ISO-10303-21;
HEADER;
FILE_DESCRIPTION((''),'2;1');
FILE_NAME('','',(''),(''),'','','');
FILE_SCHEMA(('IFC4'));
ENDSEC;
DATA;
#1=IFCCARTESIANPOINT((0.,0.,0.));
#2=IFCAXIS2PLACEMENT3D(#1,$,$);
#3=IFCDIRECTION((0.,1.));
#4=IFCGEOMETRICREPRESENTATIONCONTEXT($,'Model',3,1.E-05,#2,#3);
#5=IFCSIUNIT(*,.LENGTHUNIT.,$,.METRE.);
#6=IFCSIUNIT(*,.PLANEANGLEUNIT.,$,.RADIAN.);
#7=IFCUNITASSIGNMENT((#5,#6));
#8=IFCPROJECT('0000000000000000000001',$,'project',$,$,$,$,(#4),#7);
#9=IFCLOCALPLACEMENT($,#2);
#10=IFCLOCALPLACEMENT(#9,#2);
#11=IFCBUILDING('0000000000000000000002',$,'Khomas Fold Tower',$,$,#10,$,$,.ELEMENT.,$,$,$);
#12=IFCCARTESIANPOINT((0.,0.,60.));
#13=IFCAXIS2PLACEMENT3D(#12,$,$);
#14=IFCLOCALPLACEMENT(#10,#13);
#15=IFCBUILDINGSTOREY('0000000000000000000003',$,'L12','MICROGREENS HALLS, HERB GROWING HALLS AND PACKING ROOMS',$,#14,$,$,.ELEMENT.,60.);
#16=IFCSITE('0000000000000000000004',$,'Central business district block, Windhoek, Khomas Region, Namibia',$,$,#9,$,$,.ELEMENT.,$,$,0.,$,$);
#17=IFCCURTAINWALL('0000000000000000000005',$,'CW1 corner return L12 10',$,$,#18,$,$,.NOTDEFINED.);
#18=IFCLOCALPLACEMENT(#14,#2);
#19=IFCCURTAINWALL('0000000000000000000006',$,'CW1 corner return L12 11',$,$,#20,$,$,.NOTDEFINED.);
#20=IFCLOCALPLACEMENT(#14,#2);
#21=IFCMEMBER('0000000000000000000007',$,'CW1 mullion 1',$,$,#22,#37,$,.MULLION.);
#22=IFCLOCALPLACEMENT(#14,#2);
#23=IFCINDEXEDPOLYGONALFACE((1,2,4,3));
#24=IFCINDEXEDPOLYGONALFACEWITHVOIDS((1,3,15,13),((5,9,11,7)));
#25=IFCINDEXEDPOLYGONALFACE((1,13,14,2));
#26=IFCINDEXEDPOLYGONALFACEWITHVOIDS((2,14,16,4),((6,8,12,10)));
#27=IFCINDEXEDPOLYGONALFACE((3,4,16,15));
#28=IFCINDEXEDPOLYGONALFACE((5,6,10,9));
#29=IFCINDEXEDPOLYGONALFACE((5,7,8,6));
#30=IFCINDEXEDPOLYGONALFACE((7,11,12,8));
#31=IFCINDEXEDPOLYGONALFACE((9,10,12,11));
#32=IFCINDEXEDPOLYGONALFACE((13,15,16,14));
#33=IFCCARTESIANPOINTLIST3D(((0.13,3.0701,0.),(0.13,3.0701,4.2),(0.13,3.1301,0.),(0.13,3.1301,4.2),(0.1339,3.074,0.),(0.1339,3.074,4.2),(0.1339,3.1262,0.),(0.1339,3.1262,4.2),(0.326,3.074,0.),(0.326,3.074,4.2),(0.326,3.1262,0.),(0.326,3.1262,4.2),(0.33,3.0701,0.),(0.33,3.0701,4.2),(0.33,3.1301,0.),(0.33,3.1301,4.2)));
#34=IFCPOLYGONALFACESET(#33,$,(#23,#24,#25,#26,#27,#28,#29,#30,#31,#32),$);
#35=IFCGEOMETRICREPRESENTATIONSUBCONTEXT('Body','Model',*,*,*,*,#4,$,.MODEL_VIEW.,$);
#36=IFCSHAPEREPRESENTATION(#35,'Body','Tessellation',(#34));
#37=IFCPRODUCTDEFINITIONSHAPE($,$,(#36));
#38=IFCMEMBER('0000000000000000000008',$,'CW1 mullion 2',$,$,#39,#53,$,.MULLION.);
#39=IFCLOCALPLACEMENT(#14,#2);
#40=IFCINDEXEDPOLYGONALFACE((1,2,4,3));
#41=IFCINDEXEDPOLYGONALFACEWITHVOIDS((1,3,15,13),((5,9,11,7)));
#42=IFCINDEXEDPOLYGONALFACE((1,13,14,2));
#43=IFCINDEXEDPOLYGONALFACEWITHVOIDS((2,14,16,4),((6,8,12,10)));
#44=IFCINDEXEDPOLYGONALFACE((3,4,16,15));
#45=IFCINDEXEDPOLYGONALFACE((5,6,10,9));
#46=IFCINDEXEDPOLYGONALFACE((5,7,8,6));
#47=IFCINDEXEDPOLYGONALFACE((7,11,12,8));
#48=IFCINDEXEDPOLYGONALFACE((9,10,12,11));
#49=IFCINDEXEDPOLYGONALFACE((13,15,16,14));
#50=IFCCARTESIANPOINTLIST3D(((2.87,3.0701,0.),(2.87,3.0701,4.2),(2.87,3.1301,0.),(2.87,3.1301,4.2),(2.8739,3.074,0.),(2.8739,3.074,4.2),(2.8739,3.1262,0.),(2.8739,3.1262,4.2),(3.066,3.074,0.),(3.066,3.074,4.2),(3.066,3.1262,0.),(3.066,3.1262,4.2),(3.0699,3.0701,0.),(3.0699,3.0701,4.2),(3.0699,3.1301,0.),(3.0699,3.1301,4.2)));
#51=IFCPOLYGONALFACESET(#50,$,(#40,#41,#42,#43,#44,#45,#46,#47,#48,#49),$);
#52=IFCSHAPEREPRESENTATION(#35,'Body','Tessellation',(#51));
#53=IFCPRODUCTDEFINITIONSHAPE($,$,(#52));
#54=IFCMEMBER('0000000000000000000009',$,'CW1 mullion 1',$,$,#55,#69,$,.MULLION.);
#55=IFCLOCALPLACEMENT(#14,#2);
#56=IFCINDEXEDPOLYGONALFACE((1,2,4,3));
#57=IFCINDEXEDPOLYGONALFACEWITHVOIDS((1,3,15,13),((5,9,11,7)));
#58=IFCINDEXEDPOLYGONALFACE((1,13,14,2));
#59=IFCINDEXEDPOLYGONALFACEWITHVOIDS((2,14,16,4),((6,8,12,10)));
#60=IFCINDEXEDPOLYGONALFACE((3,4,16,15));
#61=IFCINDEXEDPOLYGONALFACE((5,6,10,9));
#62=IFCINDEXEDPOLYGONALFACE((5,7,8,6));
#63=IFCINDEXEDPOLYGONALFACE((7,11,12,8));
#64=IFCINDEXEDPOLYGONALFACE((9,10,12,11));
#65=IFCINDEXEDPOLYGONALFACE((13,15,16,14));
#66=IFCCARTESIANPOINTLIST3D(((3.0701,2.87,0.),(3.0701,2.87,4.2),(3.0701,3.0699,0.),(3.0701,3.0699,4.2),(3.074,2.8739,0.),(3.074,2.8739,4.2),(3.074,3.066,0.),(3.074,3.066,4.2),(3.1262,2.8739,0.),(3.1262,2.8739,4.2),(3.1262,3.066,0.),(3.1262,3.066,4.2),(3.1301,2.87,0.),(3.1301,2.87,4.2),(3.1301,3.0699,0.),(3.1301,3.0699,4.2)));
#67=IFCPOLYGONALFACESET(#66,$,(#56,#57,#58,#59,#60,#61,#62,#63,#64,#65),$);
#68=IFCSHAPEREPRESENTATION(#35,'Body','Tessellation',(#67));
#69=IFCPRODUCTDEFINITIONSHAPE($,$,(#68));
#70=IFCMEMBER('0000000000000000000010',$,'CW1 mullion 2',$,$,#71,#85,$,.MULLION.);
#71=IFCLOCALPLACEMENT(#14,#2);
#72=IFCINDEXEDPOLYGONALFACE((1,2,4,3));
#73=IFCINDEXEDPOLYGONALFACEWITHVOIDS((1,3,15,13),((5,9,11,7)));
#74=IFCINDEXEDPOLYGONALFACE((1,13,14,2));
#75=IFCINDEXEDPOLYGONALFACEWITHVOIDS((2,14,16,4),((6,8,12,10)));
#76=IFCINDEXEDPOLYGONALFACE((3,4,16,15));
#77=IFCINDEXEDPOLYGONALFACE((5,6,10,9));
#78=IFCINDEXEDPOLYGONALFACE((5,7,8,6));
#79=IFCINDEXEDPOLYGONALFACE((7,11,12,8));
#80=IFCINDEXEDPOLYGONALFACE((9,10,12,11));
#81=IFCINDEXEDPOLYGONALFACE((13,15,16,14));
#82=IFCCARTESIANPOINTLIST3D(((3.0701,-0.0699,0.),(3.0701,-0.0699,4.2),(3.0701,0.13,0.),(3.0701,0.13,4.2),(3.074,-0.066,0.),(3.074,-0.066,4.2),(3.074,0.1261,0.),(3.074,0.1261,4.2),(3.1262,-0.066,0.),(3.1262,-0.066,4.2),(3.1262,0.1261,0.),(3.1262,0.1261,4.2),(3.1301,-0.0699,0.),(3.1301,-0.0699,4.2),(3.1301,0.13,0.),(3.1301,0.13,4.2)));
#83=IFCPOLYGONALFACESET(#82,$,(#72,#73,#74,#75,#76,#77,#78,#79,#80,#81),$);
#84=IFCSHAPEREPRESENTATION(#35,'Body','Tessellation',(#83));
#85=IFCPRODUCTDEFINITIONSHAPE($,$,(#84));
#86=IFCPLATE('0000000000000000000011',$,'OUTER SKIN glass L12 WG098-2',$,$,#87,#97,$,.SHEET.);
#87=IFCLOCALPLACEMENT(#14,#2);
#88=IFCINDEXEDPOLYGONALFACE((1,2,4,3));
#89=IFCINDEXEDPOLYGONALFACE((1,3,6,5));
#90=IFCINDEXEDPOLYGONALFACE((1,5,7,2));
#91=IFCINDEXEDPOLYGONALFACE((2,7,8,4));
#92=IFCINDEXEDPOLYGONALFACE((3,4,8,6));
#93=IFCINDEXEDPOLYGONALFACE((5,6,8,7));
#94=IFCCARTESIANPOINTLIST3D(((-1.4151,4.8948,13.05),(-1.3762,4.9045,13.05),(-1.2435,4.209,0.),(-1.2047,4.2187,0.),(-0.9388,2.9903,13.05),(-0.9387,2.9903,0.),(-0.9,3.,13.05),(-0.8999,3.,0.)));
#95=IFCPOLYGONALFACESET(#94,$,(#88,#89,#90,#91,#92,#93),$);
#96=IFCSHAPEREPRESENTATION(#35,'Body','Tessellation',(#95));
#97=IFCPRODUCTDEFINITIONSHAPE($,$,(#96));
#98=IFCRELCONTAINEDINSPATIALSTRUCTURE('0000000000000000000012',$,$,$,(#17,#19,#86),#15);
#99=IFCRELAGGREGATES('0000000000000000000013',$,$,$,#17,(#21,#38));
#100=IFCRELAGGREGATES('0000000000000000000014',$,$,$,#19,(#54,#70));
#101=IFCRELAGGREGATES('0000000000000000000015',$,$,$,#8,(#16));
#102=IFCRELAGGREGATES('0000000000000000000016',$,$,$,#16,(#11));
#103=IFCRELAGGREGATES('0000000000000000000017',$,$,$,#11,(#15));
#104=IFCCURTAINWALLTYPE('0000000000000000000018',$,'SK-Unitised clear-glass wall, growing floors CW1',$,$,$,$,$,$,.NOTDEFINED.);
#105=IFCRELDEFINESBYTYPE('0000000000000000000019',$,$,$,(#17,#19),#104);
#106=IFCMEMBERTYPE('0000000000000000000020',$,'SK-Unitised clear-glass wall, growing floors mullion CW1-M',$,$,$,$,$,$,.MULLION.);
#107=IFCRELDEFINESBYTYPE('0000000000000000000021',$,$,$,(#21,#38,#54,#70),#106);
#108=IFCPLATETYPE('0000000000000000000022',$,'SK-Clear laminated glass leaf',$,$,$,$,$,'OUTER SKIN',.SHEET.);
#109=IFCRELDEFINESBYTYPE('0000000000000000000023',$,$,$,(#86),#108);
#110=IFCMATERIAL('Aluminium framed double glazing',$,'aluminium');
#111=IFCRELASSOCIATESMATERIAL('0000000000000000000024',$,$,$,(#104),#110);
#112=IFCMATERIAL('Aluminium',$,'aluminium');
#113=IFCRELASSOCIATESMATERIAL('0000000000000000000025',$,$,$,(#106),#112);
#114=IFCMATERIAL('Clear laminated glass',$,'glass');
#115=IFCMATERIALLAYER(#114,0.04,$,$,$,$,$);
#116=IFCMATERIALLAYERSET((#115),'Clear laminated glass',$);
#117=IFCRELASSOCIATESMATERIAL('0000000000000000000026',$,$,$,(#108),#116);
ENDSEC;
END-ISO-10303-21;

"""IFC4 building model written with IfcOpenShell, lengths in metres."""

from ifc_helpers import new_model, si_unit, direction, frame, origin, origin_2d, place, context, subcontext, project, spatial, polyline, hollow_rectangle, outline, extrude, source, transform, mapped, material, layer, layer_set, material_profile, profile_set, type_object, element, aggregate, save


model = new_model("IFC4")

# Units and contexts
model_context = context("Model", 3, precision=1e-05, world=origin(), true_north=direction((0.0, 1.0)))
body_context = subcontext(model_context, "Body", "Model", "MODEL_VIEW")
ifc_project = project(units=[si_unit("LENGTHUNIT", "METRE"), si_unit("PLANEANGLEUNIT", "RADIAN")], contexts=[model_context])

# Site, building, storey
site_placement = place(None, origin())
site = spatial("IfcSite", under=ifc_project, at=site_placement, Name="Central business district block, Windhoek, Khomas Region, Namibia", CompositionType="ELEMENT", RefElevation=0.0)
building_placement = place(site_placement, origin())
building = spatial("IfcBuilding", under=site, at=building_placement, Name="Khomas Fold Tower", CompositionType="ELEMENT")
storey_placement = place(building_placement, frame((0.0, 0.0, 60.0)))
storey = spatial("IfcBuildingStorey", under=building, at=storey_placement, Name="L12", Description="MICROGREENS HALLS, HERB GROWING HALLS AND PACKING ROOMS", CompositionType="ELEMENT", Elevation=60.0)

# Curtain walls
ifc_material_1 = material(Name="Aluminium framed double glazing", Category="aluminium")
curtain_wall_type = type_object("IfcCurtainWallType", Name="SK-Unitised clear-glass wall, growing floors CW1", PredefinedType="NOTDEFINED", material=ifc_material_1)
curtain_wall_1_placement = place(storey_placement, origin())
curtain_wall_1 = element("IfcCurtainWall", 1, at=curtain_wall_1_placement, inside=storey, type_object=curtain_wall_type, Name="CW1 corner return L12 10", PredefinedType="NOTDEFINED")
curtain_wall_2_placement = place(storey_placement, origin())
curtain_wall_2 = element("IfcCurtainWall", 2, at=curtain_wall_2_placement, inside=storey, type_object=curtain_wall_type, Name="CW1 corner return L12 11", PredefinedType="NOTDEFINED")

# Members
ifc_material_2 = material(Name="Aluminium", Category="aluminium")
ifc_material_profile_1 = material_profile(ifc_material_2, hollow_rectangle(XDim=0.0601, YDim=0.2, WallThickness=0.0039, at=origin_2d()), Name="SK-Unitised clear-glass wall, growing floors mullion CW1-M")
ifc_profile_set_1 = profile_set([ifc_material_profile_1], Name="Aluminium")
member_type_1 = type_object("IfcMemberType", Name="SK-Unitised clear-glass wall, growing floors mullion CW1-M", PredefinedType="MULLION", material=ifc_profile_set_1)
shared_shape_1 = source(origin(), body_context, "Body", "SweptSolid", [
    extrude(hollow_rectangle(XDim=0.0601, YDim=0.2, WallThickness=0.0039, at=origin_2d()), origin(), (0.0, 0.0, 1.0), 4.2),
])
member_1_placement = place(storey_placement, frame((0.23, 3.1001, 0.0), z_axis=(0.0, 0.0, 1.0), x_axis=(0.0, 1.0, 0.0)))
member_1 = element("IfcMember", 3, at=member_1_placement, type_object=member_type_1, Name="CW1 mullion 1", PredefinedType="MULLION", context=body_context, shape_type="MappedRepresentation", body=[
    mapped(shared_shape_1, transform((0.0, 0.0, 0.0))),
])
member_2_placement = place(storey_placement, frame((2.97, 3.1001, 0.0), z_axis=(0.0, 0.0, 1.0), x_axis=(0.0, 1.0, 0.0)))
member_2 = element("IfcMember", 4, at=member_2_placement, type_object=member_type_1, Name="CW1 mullion 2", PredefinedType="MULLION", context=body_context, shape_type="MappedRepresentation", body=[
    mapped(shared_shape_1, transform((0.0, 0.0, 0.0))),
])
member_3_placement = place(storey_placement, frame((3.1001, 2.97, 0.0), z_axis=(0.0, 0.0, 1.0), x_axis=(1.0, 0.0, 0.0)))
member_3 = element("IfcMember", 5, at=member_3_placement, type_object=member_type_1, Name="CW1 mullion 1", PredefinedType="MULLION", context=body_context, shape_type="MappedRepresentation", body=[
    mapped(shared_shape_1, transform((0.0, 0.0, 0.0))),
])
member_4_placement = place(storey_placement, frame((3.1001, 0.03, 0.0), z_axis=(0.0, 0.0, 1.0), x_axis=(1.0, 0.0, 0.0)))
member_4 = element("IfcMember", 6, at=member_4_placement, type_object=member_type_1, Name="CW1 mullion 2", PredefinedType="MULLION", context=body_context, shape_type="MappedRepresentation", body=[
    mapped(shared_shape_1, transform((0.0, 0.0, 0.0))),
])

# Plate
ifc_material_3 = material(Name="Clear laminated glass", Category="glass")
ifc_layer_1 = layer(ifc_material_3, 0.04)
ifc_layer_set_1 = layer_set([ifc_layer_1], Name="Clear laminated glass")
plate_type_1 = type_object("IfcPlateType", Name="SK-Clear laminated glass leaf", ElementType="OUTER SKIN", PredefinedType="SHEET", material=ifc_layer_set_1)
plate_1_placement = place(storey_placement, frame((-1.3762, 4.9045, 13.05), z_axis=(0.970129, 0.242589, 0.000005), x_axis=(0.013127, -0.052475, -0.998536)))
element("IfcPlate", 7, at=plate_1_placement, inside=storey, type_object=plate_type_1, Name="OUTER SKIN glass L12 WG098-2", PredefinedType="SHEET", context=body_context, shape_type="SweptSolid", body=[
    extrude(outline(polyline([(0.0, 0.0), (13.0692, 0.0), (13.1371, -1.2544), (0.1062, -1.9603), (0.0, 0.0)])), origin(), (0.0, 0.0, -1.0), 0.04),
])

aggregate(curtain_wall_1, [member_1, member_2])
aggregate(curtain_wall_2, [member_3, member_4])

save(model, "model.ifc")
